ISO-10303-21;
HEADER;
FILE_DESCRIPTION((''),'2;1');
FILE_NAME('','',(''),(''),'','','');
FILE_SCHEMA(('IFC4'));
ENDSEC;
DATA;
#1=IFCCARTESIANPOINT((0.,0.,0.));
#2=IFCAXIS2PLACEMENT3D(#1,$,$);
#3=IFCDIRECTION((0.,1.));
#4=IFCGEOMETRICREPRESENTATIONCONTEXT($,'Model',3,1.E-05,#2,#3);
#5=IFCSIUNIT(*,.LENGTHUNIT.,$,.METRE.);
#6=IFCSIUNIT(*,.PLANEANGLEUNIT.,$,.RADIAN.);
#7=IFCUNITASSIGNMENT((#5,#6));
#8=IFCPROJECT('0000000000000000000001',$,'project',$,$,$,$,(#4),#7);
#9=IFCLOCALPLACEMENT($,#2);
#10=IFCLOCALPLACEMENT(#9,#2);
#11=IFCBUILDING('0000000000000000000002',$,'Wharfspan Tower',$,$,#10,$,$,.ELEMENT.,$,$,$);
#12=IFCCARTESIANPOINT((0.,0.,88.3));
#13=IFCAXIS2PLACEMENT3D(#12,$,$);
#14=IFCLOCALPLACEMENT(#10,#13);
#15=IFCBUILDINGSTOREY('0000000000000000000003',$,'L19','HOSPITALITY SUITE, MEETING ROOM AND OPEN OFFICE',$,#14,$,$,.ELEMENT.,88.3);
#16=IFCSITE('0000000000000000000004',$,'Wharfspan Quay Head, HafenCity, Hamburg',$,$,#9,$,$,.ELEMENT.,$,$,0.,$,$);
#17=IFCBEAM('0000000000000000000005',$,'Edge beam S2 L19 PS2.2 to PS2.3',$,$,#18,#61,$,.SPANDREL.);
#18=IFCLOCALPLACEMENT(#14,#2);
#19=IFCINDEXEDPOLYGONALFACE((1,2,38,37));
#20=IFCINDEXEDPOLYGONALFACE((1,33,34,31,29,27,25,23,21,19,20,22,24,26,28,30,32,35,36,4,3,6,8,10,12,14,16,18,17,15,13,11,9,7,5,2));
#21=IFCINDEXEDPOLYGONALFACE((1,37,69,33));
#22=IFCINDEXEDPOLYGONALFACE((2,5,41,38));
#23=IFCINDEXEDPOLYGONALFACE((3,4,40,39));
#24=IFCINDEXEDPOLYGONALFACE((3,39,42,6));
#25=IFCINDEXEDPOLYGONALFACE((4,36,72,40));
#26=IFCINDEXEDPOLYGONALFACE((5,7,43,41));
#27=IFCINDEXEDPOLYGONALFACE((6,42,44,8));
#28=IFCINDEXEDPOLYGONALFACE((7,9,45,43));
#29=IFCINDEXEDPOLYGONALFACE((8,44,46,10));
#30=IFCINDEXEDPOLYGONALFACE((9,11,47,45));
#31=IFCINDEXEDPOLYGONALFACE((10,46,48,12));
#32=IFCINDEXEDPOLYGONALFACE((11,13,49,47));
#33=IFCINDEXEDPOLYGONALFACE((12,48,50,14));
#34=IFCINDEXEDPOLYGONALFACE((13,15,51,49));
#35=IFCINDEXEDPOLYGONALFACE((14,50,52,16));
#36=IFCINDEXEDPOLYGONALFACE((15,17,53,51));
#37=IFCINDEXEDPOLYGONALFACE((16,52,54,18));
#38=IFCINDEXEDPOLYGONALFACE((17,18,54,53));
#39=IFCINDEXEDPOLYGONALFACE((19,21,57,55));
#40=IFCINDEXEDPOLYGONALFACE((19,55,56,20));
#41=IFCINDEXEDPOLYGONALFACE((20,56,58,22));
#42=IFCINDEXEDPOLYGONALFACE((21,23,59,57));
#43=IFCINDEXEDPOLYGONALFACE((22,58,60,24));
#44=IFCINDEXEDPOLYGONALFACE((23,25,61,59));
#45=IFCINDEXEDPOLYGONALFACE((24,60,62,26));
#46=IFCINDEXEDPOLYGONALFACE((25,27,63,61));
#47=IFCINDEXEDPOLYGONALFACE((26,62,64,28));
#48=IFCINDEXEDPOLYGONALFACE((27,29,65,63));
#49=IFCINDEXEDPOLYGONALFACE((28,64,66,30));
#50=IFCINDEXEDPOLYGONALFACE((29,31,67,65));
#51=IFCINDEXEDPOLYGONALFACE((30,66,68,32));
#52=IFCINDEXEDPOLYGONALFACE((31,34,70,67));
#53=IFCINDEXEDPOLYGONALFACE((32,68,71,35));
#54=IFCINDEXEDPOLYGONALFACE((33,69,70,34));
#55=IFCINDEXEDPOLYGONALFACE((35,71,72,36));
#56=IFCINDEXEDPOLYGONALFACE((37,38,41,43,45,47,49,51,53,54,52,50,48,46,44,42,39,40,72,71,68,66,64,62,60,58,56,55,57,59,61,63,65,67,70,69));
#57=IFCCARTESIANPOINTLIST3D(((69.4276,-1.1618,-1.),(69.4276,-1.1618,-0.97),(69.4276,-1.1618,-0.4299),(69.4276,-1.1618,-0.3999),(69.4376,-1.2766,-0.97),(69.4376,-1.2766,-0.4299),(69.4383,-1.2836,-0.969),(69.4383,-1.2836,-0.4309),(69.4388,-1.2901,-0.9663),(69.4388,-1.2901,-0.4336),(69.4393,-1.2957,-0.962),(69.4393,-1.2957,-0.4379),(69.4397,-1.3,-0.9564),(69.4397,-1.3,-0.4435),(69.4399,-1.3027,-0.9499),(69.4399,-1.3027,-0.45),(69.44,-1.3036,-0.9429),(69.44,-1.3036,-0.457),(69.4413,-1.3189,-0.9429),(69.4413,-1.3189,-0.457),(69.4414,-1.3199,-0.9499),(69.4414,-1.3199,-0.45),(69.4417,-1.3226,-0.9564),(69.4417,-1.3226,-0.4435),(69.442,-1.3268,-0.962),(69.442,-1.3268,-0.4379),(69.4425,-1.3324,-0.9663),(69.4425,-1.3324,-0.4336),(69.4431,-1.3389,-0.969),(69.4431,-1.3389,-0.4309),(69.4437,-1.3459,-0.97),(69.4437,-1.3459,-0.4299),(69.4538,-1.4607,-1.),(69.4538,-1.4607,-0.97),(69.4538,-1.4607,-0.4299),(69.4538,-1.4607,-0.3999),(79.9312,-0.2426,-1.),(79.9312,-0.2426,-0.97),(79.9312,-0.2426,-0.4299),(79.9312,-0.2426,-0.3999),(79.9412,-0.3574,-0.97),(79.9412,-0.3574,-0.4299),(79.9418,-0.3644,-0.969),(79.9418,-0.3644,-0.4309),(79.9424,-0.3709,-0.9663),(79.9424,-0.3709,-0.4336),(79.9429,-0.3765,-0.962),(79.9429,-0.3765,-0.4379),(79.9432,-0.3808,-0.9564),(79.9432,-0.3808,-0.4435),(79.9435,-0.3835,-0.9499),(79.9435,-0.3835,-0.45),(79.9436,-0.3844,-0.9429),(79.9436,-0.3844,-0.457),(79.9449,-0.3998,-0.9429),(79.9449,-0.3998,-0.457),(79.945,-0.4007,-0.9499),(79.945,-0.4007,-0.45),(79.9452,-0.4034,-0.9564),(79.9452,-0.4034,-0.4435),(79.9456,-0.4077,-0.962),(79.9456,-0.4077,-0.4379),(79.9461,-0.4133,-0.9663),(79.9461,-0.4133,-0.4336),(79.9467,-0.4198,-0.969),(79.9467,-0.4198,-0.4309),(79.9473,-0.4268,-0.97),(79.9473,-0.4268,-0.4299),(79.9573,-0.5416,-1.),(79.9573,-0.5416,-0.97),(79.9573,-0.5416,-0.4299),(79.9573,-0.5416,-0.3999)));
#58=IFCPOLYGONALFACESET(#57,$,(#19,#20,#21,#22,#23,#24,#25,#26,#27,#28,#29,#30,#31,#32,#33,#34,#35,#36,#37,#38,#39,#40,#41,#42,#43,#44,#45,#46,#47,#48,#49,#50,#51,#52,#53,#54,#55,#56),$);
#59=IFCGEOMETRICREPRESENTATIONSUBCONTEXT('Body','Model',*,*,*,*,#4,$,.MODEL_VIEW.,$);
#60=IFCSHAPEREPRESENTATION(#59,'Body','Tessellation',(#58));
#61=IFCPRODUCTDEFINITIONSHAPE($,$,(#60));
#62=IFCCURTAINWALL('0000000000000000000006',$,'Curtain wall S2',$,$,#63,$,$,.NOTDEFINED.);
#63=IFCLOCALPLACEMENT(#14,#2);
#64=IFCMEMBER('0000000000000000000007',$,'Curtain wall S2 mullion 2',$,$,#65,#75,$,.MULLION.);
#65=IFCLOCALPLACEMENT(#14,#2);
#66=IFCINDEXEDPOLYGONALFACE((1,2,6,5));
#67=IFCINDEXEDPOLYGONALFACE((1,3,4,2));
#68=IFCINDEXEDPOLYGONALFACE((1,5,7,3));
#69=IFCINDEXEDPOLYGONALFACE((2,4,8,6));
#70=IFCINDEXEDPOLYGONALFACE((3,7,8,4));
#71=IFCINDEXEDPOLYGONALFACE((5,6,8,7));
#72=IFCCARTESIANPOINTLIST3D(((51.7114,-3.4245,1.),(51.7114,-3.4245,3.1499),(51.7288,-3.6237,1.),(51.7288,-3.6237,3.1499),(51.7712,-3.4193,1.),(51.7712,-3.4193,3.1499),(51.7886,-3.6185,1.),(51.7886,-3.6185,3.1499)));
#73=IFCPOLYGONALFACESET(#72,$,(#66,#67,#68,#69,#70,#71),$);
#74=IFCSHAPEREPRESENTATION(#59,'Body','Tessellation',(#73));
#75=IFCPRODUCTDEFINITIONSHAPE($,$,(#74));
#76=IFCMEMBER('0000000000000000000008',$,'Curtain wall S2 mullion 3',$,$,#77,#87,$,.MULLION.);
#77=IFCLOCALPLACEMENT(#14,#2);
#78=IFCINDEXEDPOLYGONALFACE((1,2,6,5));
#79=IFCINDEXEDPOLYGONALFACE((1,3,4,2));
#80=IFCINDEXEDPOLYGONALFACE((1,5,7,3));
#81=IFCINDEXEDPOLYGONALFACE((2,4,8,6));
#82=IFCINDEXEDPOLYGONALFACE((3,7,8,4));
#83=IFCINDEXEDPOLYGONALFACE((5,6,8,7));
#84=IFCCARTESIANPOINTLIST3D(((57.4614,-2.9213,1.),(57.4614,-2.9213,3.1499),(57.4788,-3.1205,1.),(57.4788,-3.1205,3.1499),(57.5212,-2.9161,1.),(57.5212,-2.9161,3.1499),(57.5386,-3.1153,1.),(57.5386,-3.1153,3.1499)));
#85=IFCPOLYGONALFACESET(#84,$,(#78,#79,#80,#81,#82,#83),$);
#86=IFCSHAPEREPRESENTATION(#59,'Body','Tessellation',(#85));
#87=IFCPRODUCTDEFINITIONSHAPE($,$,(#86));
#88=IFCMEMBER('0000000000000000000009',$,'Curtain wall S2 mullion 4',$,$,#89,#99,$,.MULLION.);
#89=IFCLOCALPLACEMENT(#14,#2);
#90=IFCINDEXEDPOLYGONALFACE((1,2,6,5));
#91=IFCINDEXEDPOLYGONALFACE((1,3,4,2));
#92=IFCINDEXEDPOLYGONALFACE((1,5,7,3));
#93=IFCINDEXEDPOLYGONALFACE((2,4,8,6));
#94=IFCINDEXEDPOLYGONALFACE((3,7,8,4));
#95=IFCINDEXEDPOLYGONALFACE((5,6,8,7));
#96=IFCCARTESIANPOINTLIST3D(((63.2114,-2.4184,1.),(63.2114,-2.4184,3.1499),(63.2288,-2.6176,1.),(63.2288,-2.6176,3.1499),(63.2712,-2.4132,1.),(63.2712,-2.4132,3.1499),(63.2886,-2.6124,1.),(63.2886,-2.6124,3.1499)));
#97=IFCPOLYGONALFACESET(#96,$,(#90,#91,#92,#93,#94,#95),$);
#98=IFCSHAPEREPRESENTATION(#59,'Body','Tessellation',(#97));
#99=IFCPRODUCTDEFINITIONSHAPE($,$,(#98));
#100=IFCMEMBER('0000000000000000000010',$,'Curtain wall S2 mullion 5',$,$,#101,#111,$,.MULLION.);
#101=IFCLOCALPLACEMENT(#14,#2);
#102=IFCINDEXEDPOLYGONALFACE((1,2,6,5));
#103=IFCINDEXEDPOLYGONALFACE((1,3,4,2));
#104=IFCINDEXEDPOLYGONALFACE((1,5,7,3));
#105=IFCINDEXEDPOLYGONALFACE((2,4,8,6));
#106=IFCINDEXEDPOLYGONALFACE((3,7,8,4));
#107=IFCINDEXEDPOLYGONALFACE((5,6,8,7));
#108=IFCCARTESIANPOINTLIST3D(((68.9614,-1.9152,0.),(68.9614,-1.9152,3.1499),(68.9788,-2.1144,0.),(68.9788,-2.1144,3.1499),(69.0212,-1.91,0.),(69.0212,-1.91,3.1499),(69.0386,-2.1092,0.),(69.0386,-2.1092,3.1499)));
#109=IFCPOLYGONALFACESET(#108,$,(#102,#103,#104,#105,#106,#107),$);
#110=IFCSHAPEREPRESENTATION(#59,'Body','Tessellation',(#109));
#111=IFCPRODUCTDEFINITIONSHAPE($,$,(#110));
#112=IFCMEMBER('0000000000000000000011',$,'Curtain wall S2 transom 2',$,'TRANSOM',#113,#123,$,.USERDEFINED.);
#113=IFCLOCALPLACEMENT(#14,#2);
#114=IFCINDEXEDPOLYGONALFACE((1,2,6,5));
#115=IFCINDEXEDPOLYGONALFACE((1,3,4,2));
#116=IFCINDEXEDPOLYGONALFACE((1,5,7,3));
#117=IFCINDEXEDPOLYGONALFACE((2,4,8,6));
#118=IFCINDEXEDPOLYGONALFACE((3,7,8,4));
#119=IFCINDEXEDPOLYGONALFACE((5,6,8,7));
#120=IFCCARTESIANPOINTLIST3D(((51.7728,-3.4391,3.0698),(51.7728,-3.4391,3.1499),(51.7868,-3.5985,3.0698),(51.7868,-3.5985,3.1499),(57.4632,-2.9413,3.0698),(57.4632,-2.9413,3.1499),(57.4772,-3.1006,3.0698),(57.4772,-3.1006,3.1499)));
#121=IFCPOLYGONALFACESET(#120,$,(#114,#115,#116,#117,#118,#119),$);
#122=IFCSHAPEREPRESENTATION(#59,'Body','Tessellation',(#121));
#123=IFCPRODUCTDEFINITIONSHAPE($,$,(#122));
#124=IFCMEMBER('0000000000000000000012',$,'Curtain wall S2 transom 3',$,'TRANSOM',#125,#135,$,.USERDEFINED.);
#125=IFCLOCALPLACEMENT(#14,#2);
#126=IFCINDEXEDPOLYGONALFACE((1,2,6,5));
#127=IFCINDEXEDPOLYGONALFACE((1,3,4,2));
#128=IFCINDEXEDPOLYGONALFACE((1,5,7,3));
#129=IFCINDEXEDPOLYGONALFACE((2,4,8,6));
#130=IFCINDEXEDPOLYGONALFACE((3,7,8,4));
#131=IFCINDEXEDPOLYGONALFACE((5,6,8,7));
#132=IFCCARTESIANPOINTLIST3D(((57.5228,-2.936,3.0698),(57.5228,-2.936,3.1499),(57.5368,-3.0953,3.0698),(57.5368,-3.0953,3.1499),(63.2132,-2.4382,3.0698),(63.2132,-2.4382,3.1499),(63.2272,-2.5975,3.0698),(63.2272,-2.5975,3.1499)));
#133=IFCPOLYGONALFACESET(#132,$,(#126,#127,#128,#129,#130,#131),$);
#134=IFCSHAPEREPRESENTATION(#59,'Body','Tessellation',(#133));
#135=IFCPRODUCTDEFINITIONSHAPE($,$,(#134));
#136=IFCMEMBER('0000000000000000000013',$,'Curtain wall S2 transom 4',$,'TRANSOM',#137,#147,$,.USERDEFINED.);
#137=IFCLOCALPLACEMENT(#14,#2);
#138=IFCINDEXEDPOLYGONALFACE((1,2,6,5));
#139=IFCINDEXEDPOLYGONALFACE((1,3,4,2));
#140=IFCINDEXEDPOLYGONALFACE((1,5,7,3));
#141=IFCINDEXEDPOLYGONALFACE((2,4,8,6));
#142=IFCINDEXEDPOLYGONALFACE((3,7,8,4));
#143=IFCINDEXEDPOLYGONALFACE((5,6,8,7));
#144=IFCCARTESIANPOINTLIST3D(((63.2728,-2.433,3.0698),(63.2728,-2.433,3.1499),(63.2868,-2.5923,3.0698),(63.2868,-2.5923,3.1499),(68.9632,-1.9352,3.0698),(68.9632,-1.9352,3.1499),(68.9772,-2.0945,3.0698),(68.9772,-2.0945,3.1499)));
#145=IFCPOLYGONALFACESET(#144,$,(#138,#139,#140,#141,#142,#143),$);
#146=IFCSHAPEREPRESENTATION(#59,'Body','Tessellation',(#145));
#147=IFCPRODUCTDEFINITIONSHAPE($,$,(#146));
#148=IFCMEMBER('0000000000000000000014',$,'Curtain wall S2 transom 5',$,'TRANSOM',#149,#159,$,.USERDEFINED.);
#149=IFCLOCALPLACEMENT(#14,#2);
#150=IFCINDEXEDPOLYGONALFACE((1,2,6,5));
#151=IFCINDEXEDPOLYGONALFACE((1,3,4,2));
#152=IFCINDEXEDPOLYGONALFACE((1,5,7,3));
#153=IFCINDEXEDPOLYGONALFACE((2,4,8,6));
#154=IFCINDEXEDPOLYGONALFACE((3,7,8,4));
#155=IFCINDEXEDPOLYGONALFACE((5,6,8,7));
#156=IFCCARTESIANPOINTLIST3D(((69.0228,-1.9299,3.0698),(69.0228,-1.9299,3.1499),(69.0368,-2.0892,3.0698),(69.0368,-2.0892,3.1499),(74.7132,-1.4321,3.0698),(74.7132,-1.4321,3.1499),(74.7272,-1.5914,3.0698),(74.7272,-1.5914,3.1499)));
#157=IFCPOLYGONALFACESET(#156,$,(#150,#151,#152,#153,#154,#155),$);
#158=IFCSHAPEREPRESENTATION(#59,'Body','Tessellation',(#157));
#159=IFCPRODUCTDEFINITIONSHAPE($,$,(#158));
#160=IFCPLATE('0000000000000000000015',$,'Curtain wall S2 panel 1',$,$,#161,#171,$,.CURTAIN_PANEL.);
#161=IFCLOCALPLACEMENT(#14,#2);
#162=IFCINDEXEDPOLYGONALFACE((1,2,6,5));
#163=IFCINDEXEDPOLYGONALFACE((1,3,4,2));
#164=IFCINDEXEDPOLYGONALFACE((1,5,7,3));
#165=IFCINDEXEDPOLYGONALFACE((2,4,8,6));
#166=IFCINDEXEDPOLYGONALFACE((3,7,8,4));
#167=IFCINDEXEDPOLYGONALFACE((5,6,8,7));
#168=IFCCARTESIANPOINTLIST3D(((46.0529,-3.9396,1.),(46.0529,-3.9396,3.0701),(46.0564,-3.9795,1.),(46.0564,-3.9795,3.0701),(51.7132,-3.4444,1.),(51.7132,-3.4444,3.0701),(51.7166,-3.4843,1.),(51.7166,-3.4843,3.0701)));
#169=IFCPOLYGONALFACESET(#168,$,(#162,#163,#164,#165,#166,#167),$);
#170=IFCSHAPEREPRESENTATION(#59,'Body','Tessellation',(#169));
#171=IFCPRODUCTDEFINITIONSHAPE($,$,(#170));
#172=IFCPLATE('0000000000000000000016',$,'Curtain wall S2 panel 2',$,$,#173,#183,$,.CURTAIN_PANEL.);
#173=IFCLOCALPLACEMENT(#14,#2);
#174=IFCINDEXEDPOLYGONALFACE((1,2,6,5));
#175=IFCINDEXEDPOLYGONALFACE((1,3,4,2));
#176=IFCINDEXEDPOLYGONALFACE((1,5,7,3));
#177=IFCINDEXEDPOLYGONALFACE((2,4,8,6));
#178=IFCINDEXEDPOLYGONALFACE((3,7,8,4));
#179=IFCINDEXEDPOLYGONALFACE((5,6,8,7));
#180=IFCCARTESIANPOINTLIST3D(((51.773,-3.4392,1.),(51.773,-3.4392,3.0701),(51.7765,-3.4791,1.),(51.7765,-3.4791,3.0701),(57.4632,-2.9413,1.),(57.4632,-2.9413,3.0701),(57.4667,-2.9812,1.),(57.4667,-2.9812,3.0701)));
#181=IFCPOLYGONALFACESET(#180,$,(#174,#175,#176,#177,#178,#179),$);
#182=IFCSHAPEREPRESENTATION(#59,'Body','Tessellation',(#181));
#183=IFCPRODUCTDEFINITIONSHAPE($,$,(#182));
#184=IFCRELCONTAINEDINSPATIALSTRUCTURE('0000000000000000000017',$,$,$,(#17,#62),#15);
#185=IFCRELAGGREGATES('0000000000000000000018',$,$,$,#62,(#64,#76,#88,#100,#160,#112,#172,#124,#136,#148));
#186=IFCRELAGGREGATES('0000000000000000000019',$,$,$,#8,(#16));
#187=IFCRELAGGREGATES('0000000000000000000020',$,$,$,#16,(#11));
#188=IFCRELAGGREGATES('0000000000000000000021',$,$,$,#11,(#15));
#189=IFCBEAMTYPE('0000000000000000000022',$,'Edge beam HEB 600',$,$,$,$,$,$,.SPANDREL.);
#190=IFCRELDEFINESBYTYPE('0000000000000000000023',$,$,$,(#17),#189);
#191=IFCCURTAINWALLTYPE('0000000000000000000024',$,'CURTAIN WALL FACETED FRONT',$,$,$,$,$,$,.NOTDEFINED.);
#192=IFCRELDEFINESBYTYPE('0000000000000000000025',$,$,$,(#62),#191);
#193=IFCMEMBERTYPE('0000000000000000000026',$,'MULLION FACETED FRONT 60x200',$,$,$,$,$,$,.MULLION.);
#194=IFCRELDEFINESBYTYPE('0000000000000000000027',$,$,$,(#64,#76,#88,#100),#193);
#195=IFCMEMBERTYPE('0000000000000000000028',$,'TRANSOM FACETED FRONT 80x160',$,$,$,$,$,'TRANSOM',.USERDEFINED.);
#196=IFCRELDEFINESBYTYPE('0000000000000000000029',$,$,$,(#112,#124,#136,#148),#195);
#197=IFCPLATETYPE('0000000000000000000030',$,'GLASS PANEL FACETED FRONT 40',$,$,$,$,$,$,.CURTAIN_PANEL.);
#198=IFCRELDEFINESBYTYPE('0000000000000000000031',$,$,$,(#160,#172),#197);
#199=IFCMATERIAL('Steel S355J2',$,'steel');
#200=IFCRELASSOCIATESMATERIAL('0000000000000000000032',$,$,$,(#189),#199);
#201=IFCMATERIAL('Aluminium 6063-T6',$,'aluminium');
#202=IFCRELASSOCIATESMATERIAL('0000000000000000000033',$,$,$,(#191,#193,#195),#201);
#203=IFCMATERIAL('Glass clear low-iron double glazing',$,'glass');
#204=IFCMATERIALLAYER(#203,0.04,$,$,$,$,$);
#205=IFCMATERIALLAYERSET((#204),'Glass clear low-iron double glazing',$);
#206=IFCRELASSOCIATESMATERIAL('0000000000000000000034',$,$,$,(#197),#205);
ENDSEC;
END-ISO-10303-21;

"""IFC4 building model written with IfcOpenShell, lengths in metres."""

from ifc_helpers import new_model, si_unit, direction, frame, origin, origin_2d, place, context, subcontext, project, spatial, rectangle, i_section, extrude, material, layer, layer_set, material_profile, profile_set, type_object, element, aggregate, save


model = new_model("IFC4")

# Units and contexts
model_context = context("Model", 3, precision=1e-05, world=origin(), true_north=direction((0.0, 1.0)))
body_context = subcontext(model_context, "Body", "Model", "MODEL_VIEW")
ifc_project = project(units=[si_unit("LENGTHUNIT", "METRE"), si_unit("PLANEANGLEUNIT", "RADIAN")], contexts=[model_context])

# Site, building, storey
site_placement = place(None, origin())
site = spatial("IfcSite", under=ifc_project, at=site_placement, Name="Wharfspan Quay Head, HafenCity, Hamburg", CompositionType="ELEMENT", RefElevation=0.0)
building_placement = place(site_placement, origin())
building = spatial("IfcBuilding", under=site, at=building_placement, Name="Wharfspan Tower", CompositionType="ELEMENT")
storey_placement = place(building_placement, frame((0.0, 0.0, 88.3)))
storey = spatial("IfcBuildingStorey", under=building, at=storey_placement, Name="L19", Description="HOSPITALITY SUITE, MEETING ROOM AND OPEN OFFICE", CompositionType="ELEMENT", Elevation=88.3)

# Shared definitions
ifc_material_1 = material(Name="Steel S355J2", Category="steel")

# Beam
ifc_material_profile_1 = material_profile(ifc_material_1, i_section(OverallWidth=0.3, OverallDepth=0.6001, WebThickness=0.0154, FlangeThickness=0.03, FilletRadius=0.0271, at=origin_2d()))
ifc_profile_set_1 = profile_set([ifc_material_profile_1], Name="Steel S355J2")
beam_type = type_object("IfcBeamType", Name="Edge beam HEB 600", PredefinedType="SPANDREL", material=ifc_profile_set_1)
for number, where, z_axis, x_axis, name in (
    (1, (69.4407, -1.3113, -0.7), (0.996193, 0.087178, 0.0), (-0.087178, 0.996193, 0.0), "Edge beam S2 L19 PS2.2 to PS2.3"),
):
    element("IfcBeam", number, at=place(storey_placement, frame(where, z_axis=z_axis, x_axis=x_axis)), inside=storey, type_object=beam_type, Name=name, PredefinedType="SPANDREL", context=body_context, shape_type="SweptSolid", body=[
        extrude(i_section(OverallWidth=0.3, OverallDepth=0.6001, WebThickness=0.0154, FlangeThickness=0.03, FilletRadius=0.0271, at=origin_2d()), origin(), (0.0, 0.0, 1.0), 10.5437),
    ])

# Curtain wall, members, plates
ifc_material_2 = material(Name="Aluminium 6063-T6", Category="aluminium")
curtain_wall_type = type_object("IfcCurtainWallType", Name="CURTAIN WALL FACETED FRONT", PredefinedType="NOTDEFINED", material=ifc_material_2)
curtain_wall_placement = place(storey_placement, origin())
curtain_wall = element("IfcCurtainWall", 2, at=curtain_wall_placement, inside=storey, type_object=curtain_wall_type, Name="Curtain wall S2", PredefinedType="NOTDEFINED")
ifc_material_profile_2 = material_profile(ifc_material_2, rectangle(XDim=0.2, YDim=0.0601, at=origin_2d()))
ifc_profile_set_2 = profile_set([ifc_material_profile_2], Name="Aluminium 6063-T6")
member_type_1 = type_object("IfcMemberType", Name="MULLION FACETED FRONT 60x200", PredefinedType="MULLION", material=ifc_profile_set_2)
member_1_placement = place(storey_placement, frame((51.75, -3.5215, 1.0), z_axis=(0.0, 0.0, 1.0), x_axis=(-0.087156, 0.996197, 0.0)))
member_1 = element("IfcMember", 3, at=member_1_placement, type_object=member_type_1, Name="Curtain wall S2 mullion 2", PredefinedType="MULLION", context=body_context, shape_type="SweptSolid", body=[
    extrude(rectangle(XDim=0.2, YDim=0.0601, at=origin_2d()), origin(), (0.0, 0.0, 1.0), 2.1499),
])
member_2_placement = place(storey_placement, frame((57.5, -3.0183, 1.0), z_axis=(0.0, 0.0, 1.0), x_axis=(-0.087156, 0.996197, 0.0)))
member_2 = element("IfcMember", 4, at=member_2_placement, type_object=member_type_1, Name="Curtain wall S2 mullion 3", PredefinedType="MULLION", context=body_context, shape_type="SweptSolid", body=[
    extrude(rectangle(XDim=0.2, YDim=0.0601, at=origin_2d()), origin(), (0.0, 0.0, 1.0), 2.1499),
])
member_3_placement = place(storey_placement, frame((63.25, -2.5154, 1.0), z_axis=(0.0, 0.0, 1.0), x_axis=(-0.087156, 0.996197, 0.0)))
member_3 = element("IfcMember", 5, at=member_3_placement, type_object=member_type_1, Name="Curtain wall S2 mullion 4", PredefinedType="MULLION", context=body_context, shape_type="SweptSolid", body=[
    extrude(rectangle(XDim=0.2, YDim=0.0601, at=origin_2d()), origin(), (0.0, 0.0, 1.0), 2.1499),
])
member_4_placement = place(storey_placement, frame((69.0, -2.0122, 0.0), z_axis=(0.0, 0.0, 1.0), x_axis=(-0.087156, 0.996197, 0.0)))
member_4 = element("IfcMember", 6, at=member_4_placement, type_object=member_type_1, Name="Curtain wall S2 mullion 5", PredefinedType="MULLION", context=body_context, shape_type="SweptSolid", body=[
    extrude(rectangle(XDim=0.2, YDim=0.0601, at=origin_2d()), origin(), (0.0, 0.0, 1.0), 3.1499),
])
ifc_material_profile_3 = material_profile(ifc_material_2, rectangle(XDim=0.1599, YDim=0.0801, at=origin_2d()))
ifc_profile_set_3 = profile_set([ifc_material_profile_3], Name="Aluminium 6063-T6")
member_type_2 = type_object("IfcMemberType", Name="TRANSOM FACETED FRONT 80x160", ElementType="TRANSOM", PredefinedType="USERDEFINED", material=ifc_profile_set_3)
member_5_placement = place(storey_placement, frame((51.7798, -3.5188, 3.1099), z_axis=(0.996195, 0.087148, 0.0), x_axis=(-0.087148, 0.996195, 0.0)))
member_5 = element("IfcMember", 7, at=member_5_placement, type_object=member_type_2, Name="Curtain wall S2 transom 2", ObjectType="TRANSOM", PredefinedType="USERDEFINED", context=body_context, shape_type="SweptSolid", body=[
    extrude(rectangle(XDim=0.1599, YDim=0.0801, at=origin_2d()), origin(), (0.0, 0.0, 1.0), 5.7122),
])
member_6_placement = place(storey_placement, frame((57.5298, -3.0156, 3.1099), z_axis=(0.996195, 0.087148, 0.0), x_axis=(-0.087148, 0.996195, 0.0)))
member_6 = element("IfcMember", 8, at=member_6_placement, type_object=member_type_2, Name="Curtain wall S2 transom 3", ObjectType="TRANSOM", PredefinedType="USERDEFINED", context=body_context, shape_type="SweptSolid", body=[
    extrude(rectangle(XDim=0.1599, YDim=0.0801, at=origin_2d()), origin(), (0.0, 0.0, 1.0), 5.7122),
])
member_7_placement = place(storey_placement, frame((63.2798, -2.5127, 3.1099), z_axis=(0.996195, 0.087148, 0.0), x_axis=(-0.087148, 0.996195, 0.0)))
member_7 = element("IfcMember", 9, at=member_7_placement, type_object=member_type_2, Name="Curtain wall S2 transom 4", ObjectType="TRANSOM", PredefinedType="USERDEFINED", context=body_context, shape_type="SweptSolid", body=[
    extrude(rectangle(XDim=0.1599, YDim=0.0801, at=origin_2d()), origin(), (0.0, 0.0, 1.0), 5.7122),
])
member_8_placement = place(storey_placement, frame((69.0298, -2.0095, 3.1099), z_axis=(0.996195, 0.087148, 0.0), x_axis=(-0.087148, 0.996195, 0.0)))
member_8 = element("IfcMember", 10, at=member_8_placement, type_object=member_type_2, Name="Curtain wall S2 transom 5", ObjectType="TRANSOM", PredefinedType="USERDEFINED", context=body_context, shape_type="SweptSolid", body=[
    extrude(rectangle(XDim=0.1599, YDim=0.0801, at=origin_2d()), origin(), (0.0, 0.0, 1.0), 5.7122),
])
ifc_material_3 = material(Name="Glass clear low-iron double glazing", Category="glass")
ifc_layer_1 = layer(ifc_material_3, 0.04)
ifc_layer_set_1 = layer_set([ifc_layer_1], Name="Glass clear low-iron double glazing")
plate_type_1 = type_object("IfcPlateType", Name="GLASS PANEL FACETED FRONT 40", PredefinedType="CURTAIN_PANEL", material=ifc_layer_set_1)
plate_1_placement = place(storey_placement, frame((48.8848, -3.7119, 1.0), z_axis=(0.0, 0.0, 1.0), x_axis=(0.996197, 0.087156, 0.0)))
plate_1 = element("IfcPlate", 11, at=plate_1_placement, type_object=plate_type_1, Name="Curtain wall S2 panel 1", PredefinedType="CURTAIN_PANEL", context=body_context, shape_type="SweptSolid", body=[
    extrude(rectangle(XDim=5.6819, YDim=0.04, at=origin_2d()), origin(), (0.0, 0.0, 1.0), 2.0701),
])
plate_2_placement = place(storey_placement, frame((54.6199, -3.2102, 1.0), z_axis=(0.0, 0.0, 1.0), x_axis=(0.996197, 0.087156, 0.0)))
plate_2 = element("IfcPlate", 12, at=plate_2_placement, type_object=plate_type_1, Name="Curtain wall S2 panel 2", PredefinedType="CURTAIN_PANEL", context=body_context, shape_type="SweptSolid", body=[
    extrude(rectangle(XDim=5.7119, YDim=0.04, at=origin_2d()), origin(), (0.0, 0.0, 1.0), 2.0701),
])
aggregate(curtain_wall, [member_1, member_2, member_3, member_4, plate_1, member_5, plate_2, member_6, member_7, member_8])

save(model, "model.ifc")
